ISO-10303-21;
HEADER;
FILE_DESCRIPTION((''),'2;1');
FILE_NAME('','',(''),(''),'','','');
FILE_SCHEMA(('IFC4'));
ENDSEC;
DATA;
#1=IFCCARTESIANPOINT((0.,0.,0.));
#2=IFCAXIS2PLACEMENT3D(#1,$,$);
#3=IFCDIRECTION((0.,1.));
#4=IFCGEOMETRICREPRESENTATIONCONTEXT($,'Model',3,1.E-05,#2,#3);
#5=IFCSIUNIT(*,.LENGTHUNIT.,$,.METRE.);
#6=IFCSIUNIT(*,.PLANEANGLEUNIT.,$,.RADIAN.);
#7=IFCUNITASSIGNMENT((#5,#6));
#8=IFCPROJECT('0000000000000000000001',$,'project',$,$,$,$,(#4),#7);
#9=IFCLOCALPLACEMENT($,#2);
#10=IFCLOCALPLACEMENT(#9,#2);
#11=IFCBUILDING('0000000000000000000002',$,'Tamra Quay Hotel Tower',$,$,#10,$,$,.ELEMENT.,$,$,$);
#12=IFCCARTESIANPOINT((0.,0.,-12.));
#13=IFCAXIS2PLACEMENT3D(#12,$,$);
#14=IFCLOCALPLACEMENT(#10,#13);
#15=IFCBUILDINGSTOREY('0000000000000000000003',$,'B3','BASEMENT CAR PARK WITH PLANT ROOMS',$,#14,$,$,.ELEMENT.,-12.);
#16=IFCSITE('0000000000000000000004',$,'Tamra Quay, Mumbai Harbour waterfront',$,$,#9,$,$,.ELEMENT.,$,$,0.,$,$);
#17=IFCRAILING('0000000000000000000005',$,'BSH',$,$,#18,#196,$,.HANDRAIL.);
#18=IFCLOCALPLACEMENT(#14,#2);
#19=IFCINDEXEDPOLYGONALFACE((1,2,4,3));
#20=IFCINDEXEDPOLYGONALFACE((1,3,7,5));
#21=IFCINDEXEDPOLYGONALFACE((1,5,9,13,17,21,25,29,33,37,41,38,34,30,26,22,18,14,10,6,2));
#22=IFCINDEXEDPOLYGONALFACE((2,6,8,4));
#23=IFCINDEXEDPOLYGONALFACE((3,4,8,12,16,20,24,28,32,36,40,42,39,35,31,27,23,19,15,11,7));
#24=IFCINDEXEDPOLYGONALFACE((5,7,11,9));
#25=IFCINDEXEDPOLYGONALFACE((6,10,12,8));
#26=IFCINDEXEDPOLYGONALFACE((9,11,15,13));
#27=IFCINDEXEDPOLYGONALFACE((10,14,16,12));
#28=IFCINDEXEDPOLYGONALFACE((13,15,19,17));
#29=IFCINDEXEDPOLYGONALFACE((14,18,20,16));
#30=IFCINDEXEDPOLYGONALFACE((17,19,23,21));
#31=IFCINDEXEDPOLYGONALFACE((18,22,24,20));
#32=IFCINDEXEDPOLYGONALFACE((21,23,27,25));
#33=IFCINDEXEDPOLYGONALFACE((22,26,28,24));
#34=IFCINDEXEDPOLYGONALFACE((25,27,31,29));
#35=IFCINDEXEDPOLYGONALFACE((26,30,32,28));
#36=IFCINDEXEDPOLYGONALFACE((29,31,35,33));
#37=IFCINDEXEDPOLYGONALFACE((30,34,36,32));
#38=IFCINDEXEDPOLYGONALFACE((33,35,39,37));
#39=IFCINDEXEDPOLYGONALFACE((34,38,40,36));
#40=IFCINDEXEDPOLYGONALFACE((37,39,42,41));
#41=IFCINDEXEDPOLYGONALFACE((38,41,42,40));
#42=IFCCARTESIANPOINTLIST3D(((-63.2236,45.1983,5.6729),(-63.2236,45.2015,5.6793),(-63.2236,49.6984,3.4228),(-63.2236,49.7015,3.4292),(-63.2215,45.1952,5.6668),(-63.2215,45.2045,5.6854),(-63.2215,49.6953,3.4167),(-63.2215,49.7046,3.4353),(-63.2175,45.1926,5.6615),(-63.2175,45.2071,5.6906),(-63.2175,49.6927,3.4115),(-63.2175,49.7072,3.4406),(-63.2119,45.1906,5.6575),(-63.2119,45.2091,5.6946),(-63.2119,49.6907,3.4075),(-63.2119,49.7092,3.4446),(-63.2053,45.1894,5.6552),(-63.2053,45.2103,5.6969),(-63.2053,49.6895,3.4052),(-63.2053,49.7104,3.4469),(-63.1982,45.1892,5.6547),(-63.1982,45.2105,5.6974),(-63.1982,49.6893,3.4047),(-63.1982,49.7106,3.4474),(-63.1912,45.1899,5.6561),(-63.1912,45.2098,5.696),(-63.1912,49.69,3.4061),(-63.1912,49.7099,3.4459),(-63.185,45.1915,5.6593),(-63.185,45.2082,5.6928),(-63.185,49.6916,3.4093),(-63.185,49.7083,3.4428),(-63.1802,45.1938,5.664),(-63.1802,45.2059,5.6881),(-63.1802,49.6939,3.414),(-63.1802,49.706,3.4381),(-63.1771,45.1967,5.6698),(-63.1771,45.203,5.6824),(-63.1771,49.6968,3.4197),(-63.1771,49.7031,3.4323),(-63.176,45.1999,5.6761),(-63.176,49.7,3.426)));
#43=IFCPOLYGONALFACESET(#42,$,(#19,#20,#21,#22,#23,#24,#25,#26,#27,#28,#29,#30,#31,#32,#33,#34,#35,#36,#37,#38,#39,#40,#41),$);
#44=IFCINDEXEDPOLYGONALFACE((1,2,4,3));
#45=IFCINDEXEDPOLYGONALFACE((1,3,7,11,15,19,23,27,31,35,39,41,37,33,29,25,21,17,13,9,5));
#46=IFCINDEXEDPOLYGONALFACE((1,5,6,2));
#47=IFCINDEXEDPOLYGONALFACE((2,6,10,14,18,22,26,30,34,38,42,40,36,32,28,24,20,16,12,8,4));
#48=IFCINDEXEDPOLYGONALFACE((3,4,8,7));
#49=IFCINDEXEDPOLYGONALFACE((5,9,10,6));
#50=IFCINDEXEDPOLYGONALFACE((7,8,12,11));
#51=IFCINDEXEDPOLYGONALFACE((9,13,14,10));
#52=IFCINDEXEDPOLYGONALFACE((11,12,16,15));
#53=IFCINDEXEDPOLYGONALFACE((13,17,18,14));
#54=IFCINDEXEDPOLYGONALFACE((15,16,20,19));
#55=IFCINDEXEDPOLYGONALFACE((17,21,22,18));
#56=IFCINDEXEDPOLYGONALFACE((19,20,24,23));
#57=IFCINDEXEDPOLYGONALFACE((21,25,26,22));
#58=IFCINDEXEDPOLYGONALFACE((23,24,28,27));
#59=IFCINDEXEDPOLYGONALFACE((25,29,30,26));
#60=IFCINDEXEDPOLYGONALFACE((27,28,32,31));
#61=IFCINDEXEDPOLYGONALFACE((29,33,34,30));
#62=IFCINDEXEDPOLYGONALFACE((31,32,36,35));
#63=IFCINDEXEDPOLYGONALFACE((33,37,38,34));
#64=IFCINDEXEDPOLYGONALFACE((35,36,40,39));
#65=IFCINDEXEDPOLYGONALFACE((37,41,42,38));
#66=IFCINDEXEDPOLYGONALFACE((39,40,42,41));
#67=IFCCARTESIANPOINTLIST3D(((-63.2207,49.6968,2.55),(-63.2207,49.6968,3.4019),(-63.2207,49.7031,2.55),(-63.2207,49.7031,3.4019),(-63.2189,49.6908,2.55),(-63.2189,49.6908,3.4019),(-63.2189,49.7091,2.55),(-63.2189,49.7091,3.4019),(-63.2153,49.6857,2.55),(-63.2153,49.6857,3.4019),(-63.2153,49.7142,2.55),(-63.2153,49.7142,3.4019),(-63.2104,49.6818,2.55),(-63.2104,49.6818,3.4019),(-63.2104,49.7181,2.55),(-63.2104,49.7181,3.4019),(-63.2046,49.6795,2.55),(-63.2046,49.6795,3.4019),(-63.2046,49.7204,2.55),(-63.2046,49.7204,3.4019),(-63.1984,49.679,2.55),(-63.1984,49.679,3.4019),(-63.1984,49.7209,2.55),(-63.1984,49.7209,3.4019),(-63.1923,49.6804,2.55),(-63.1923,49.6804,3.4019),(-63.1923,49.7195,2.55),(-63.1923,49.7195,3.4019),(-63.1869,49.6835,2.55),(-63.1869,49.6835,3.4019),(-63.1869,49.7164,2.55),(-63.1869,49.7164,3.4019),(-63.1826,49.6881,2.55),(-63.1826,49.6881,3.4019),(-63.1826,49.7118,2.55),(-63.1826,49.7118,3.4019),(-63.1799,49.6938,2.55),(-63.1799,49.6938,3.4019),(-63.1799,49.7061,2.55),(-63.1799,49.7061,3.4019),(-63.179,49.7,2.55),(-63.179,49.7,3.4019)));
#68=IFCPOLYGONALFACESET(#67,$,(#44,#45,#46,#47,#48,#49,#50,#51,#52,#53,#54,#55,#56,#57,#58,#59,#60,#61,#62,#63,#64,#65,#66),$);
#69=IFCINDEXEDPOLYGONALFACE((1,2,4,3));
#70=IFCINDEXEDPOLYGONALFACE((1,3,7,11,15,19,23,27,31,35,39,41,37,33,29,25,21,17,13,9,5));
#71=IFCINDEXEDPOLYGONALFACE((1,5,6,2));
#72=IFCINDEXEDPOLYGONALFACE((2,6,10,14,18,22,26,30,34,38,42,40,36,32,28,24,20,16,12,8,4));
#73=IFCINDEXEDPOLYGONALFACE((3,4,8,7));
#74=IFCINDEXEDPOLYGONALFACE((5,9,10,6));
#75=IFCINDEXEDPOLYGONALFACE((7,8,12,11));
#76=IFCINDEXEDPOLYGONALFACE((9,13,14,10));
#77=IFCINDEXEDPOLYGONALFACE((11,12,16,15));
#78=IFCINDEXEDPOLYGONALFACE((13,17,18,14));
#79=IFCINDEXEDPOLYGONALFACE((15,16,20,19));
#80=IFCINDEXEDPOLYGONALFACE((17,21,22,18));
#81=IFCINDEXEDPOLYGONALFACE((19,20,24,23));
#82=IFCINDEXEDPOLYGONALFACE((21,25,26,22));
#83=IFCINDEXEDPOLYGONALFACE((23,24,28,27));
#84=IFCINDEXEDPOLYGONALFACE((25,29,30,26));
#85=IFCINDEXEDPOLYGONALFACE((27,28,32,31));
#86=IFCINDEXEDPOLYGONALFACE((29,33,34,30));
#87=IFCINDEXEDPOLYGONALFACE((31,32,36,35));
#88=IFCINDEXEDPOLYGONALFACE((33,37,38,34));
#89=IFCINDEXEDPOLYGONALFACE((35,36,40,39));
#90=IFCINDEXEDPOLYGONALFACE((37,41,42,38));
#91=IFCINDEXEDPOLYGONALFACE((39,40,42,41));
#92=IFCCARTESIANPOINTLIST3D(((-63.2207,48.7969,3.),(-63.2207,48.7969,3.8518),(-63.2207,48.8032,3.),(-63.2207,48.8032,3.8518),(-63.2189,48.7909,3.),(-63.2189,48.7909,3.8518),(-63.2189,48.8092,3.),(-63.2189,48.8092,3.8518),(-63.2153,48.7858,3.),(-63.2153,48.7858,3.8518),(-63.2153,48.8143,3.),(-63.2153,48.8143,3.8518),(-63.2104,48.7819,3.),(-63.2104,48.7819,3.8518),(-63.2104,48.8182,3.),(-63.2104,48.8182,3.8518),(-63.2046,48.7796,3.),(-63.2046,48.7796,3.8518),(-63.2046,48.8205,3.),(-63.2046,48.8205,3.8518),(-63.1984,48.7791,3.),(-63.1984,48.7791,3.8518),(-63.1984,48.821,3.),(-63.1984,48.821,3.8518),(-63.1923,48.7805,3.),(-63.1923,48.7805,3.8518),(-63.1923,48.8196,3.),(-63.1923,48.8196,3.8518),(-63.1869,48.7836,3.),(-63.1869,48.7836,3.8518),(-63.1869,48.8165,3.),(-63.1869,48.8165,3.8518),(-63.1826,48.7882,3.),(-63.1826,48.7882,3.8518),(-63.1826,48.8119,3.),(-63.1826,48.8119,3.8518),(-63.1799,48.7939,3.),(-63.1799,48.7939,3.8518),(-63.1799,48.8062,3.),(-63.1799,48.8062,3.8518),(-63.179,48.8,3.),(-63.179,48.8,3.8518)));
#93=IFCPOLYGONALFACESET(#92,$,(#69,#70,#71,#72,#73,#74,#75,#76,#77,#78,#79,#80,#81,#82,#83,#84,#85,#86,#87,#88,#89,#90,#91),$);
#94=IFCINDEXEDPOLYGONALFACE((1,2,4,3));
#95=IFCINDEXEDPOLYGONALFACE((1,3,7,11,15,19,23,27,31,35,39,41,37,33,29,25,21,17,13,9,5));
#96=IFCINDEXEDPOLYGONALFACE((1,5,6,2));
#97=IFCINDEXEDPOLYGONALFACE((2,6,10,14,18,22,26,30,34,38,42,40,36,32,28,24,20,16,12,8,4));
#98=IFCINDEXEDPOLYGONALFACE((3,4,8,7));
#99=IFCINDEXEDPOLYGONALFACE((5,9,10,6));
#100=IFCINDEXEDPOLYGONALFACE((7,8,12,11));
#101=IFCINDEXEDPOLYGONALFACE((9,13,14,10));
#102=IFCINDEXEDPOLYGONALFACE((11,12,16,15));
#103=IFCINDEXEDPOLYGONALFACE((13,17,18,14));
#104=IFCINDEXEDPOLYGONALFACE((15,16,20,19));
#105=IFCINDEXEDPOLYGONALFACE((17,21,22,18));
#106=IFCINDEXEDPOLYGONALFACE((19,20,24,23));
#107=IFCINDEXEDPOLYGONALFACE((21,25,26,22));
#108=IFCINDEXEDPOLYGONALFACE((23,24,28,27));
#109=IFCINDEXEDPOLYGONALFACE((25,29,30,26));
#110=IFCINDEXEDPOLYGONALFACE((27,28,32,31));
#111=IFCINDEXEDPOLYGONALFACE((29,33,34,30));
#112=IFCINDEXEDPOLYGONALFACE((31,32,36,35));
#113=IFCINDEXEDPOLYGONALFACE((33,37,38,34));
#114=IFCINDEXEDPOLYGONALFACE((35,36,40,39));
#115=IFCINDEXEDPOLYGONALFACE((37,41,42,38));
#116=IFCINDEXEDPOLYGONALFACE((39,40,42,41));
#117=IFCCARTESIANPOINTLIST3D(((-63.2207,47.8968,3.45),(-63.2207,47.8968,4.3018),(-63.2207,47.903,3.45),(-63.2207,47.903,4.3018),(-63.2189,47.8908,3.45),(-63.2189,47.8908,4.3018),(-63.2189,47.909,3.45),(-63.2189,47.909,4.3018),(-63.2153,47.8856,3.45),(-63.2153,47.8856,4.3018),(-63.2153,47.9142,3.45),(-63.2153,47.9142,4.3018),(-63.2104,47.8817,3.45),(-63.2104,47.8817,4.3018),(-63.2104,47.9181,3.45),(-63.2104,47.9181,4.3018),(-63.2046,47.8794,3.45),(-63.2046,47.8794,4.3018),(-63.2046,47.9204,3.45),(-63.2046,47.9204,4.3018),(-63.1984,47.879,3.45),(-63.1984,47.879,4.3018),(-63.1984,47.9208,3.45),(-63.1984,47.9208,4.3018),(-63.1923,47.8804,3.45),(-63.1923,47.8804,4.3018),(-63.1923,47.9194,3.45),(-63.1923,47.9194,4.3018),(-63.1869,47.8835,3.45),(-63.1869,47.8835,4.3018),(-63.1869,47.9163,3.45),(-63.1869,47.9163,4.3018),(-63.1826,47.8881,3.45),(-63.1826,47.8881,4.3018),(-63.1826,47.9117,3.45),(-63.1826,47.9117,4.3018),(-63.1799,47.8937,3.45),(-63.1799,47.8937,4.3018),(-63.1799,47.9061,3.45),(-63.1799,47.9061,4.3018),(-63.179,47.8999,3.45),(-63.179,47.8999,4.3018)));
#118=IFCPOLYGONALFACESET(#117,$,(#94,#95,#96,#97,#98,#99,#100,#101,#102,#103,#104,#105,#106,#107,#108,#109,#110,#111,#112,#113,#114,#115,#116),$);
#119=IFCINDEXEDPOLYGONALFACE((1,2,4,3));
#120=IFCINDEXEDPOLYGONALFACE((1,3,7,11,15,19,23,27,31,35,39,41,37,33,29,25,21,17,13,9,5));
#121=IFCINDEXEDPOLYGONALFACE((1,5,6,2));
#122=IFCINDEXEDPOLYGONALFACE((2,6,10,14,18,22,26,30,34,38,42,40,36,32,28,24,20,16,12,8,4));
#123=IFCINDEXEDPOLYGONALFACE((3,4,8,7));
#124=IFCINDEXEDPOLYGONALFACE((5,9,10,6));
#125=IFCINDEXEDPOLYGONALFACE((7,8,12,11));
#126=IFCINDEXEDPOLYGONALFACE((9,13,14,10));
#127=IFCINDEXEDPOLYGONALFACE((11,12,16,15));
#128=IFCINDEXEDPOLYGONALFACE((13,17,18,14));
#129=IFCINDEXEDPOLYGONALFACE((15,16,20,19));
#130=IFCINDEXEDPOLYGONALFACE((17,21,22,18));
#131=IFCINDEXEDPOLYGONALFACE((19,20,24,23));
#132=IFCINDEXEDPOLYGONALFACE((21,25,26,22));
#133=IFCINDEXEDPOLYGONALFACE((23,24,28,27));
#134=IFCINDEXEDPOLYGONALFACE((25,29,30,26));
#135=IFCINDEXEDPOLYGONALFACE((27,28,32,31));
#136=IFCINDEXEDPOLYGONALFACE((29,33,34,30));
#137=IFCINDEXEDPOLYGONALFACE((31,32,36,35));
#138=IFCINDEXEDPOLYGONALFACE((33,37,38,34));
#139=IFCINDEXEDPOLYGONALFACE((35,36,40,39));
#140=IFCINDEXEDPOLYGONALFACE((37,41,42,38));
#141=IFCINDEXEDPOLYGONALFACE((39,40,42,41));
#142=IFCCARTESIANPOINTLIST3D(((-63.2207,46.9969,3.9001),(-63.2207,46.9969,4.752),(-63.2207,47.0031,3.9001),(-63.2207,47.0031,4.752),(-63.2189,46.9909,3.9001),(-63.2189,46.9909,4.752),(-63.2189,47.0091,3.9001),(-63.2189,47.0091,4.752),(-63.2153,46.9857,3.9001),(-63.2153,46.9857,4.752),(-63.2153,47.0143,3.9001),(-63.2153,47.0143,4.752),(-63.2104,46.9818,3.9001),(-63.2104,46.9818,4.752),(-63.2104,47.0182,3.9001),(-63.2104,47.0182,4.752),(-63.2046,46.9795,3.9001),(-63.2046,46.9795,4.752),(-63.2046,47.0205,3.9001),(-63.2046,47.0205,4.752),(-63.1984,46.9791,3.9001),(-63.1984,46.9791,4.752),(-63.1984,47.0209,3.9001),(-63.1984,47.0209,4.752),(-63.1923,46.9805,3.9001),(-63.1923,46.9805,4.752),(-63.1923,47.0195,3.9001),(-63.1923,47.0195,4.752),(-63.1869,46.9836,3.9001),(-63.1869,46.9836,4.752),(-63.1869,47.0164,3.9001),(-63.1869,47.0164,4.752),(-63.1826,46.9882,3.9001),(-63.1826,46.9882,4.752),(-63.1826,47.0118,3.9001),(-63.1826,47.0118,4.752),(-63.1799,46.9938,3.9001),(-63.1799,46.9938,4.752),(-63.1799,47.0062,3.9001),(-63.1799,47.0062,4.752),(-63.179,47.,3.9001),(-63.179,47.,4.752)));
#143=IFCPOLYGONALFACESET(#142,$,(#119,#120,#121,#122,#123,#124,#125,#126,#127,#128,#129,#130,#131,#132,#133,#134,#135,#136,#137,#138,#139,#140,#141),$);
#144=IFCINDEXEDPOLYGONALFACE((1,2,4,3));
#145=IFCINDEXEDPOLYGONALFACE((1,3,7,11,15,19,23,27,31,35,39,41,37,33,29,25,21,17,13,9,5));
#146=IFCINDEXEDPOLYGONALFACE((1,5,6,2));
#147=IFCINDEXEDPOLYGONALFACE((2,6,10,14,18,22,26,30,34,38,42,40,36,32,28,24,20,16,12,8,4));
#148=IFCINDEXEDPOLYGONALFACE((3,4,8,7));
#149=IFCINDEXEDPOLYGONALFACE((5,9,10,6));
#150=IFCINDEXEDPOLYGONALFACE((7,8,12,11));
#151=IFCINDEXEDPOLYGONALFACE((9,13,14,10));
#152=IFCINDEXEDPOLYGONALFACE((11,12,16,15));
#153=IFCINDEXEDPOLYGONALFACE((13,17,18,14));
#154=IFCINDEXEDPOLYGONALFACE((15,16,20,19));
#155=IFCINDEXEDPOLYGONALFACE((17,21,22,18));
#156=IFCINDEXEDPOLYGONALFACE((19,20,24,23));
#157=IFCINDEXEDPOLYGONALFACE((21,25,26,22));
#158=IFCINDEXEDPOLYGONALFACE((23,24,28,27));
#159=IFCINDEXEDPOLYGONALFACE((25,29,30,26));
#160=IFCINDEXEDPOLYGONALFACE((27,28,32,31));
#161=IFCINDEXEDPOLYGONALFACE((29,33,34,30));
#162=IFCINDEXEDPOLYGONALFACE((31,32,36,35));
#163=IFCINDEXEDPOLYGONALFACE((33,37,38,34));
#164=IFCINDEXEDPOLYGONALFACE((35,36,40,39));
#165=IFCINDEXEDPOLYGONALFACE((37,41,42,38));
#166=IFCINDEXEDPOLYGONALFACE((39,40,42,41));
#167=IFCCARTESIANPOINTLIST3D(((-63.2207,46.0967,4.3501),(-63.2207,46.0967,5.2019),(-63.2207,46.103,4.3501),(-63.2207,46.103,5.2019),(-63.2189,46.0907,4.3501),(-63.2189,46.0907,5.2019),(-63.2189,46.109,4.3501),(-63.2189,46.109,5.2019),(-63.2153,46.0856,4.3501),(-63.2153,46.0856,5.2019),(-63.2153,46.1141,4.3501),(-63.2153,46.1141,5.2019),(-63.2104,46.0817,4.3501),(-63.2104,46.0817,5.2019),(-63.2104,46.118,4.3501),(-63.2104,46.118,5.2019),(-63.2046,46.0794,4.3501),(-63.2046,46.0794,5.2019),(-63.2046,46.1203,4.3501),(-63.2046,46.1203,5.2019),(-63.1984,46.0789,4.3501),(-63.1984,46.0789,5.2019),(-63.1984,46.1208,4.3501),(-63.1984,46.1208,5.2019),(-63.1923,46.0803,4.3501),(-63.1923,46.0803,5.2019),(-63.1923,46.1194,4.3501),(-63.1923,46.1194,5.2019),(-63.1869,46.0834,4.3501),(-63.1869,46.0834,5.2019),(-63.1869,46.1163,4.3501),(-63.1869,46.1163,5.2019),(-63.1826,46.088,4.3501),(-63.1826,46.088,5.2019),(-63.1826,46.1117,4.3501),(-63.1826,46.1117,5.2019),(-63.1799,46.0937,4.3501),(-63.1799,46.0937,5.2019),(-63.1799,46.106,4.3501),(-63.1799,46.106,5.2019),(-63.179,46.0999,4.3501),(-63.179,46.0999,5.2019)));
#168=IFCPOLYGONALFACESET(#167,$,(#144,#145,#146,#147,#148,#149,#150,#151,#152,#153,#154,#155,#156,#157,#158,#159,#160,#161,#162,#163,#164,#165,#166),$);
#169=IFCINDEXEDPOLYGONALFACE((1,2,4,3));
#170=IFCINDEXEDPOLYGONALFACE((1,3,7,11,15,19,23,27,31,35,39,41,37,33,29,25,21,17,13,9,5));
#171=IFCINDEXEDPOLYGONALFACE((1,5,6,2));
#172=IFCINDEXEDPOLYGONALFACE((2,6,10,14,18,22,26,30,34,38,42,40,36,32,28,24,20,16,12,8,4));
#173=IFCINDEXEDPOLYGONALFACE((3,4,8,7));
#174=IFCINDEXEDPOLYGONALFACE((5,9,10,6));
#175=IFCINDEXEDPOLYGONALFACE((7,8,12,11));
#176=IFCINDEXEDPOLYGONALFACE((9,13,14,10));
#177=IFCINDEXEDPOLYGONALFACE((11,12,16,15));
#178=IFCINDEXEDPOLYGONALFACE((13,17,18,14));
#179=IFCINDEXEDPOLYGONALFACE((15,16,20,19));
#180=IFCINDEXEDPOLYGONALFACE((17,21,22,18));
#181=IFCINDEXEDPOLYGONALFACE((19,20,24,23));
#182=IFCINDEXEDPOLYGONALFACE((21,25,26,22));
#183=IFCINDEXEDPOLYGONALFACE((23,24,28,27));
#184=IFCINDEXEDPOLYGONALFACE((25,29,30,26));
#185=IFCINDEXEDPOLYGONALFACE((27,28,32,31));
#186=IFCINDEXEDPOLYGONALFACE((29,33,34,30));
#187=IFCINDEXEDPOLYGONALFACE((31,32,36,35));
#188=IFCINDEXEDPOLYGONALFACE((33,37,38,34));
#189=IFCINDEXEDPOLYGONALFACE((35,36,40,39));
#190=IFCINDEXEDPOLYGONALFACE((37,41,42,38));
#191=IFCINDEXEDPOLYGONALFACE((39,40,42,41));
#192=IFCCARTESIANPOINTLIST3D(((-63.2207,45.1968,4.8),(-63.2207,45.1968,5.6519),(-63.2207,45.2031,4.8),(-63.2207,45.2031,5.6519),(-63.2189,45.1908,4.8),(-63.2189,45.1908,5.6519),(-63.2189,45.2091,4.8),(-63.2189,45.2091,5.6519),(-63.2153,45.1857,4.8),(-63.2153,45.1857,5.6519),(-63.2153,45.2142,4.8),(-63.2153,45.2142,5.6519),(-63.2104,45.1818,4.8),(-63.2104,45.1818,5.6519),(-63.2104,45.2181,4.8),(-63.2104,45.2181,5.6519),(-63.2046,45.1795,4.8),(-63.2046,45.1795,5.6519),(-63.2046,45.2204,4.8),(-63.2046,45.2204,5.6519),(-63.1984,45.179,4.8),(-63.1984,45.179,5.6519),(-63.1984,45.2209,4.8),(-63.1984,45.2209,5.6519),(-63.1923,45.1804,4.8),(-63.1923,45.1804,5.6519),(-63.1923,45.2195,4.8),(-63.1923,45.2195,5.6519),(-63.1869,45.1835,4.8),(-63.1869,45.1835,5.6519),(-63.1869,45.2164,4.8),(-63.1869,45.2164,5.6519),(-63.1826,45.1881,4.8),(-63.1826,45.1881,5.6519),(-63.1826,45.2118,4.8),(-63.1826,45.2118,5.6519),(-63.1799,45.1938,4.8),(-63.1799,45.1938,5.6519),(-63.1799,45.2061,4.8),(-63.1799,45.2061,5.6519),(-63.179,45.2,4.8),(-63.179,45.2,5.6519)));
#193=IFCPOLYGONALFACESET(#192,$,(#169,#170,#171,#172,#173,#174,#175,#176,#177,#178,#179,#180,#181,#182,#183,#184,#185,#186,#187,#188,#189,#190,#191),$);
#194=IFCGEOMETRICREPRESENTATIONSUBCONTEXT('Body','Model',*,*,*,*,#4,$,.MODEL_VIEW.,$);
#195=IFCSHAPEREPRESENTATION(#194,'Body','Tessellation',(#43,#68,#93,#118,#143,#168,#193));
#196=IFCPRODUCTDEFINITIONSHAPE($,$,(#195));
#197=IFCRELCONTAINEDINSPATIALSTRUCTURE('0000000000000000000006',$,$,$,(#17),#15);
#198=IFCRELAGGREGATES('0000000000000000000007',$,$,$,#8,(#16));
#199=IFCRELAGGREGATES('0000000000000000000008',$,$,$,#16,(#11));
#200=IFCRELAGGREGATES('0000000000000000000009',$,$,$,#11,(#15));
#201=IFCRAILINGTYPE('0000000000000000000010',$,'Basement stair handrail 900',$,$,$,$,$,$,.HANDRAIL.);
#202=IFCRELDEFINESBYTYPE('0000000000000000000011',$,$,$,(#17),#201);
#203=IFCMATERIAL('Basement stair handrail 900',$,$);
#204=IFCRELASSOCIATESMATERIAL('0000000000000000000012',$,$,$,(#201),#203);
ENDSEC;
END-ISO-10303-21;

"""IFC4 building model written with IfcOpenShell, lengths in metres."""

from ifc_helpers import new_model, si_unit, direction, frame, origin, origin_2d, place, context, subcontext, project, spatial, circle, extrude, material, type_object, element, save


model = new_model("IFC4")

# Units and contexts
model_context = context("Model", 3, precision=1e-05, world=origin(), true_north=direction((0.0, 1.0)))
body_context = subcontext(model_context, "Body", "Model", "MODEL_VIEW")
ifc_project = project(units=[si_unit("LENGTHUNIT", "METRE"), si_unit("PLANEANGLEUNIT", "RADIAN")], contexts=[model_context])

# Site, building, storey
site_placement = place(None, origin())
site = spatial("IfcSite", under=ifc_project, at=site_placement, Name="Tamra Quay, Mumbai Harbour waterfront", CompositionType="ELEMENT", RefElevation=0.0)
building_placement = place(site_placement, origin())
building = spatial("IfcBuilding", under=site, at=building_placement, Name="Tamra Quay Hotel Tower", CompositionType="ELEMENT")
storey_placement = place(building_placement, frame((0.0, 0.0, -12.0)))
storey = spatial("IfcBuildingStorey", under=building, at=storey_placement, Name="B3", Description="BASEMENT CAR PARK WITH PLANT ROOMS", CompositionType="ELEMENT", Elevation=-12.0)

# Railing
ifc_material_1 = material(Name="Basement stair handrail 900")
railing_type_1 = type_object("IfcRailingType", Name="Basement stair handrail 900", PredefinedType="HANDRAIL", material=ifc_material_1)
for number, where, name in (
    (1, (-63.2, 49.7, 2.55), "BSH"),
):
    element("IfcRailing", number, at=place(storey_placement, frame(where)), inside=storey, type_object=railing_type_1, Name=name, PredefinedType="HANDRAIL", context=body_context, shape_type="SweptSolid", body=[
        extrude(circle(Radius=0.0239, at=origin_2d()), frame((0.0, 0.0, 0.876), z_axis=(0.0, -0.894427, 0.447214), x_axis=(1.0, 0.0, 0.0)), (0.0, 0.0, 1.0), 5.0312),
        extrude(circle(Radius=0.021, at=origin_2d()), origin(), (0.0, 0.0, 1.0), 0.8518),
        extrude(circle(Radius=0.021, at=origin_2d()), frame((0.0, -0.8999, 0.45)), (0.0, 0.0, 1.0), 0.8518),
        extrude(circle(Radius=0.021, at=origin_2d()), frame((0.0, -1.8, 0.8999)), (0.0, 0.0, 1.0), 0.8518),
        extrude(circle(Radius=0.021, at=origin_2d()), frame((0.0, -2.7, 1.3501)), (0.0, 0.0, 1.0), 0.8518),
        extrude(circle(Radius=0.021, at=origin_2d()), frame((0.0, -3.6001, 1.8)), (0.0, 0.0, 1.0), 0.8518),
        extrude(circle(Radius=0.021, at=origin_2d()), frame((0.0, -4.5, 2.25)), (0.0, 0.0, 1.0), 0.8518),
    ])

save(model, "model.ifc")
